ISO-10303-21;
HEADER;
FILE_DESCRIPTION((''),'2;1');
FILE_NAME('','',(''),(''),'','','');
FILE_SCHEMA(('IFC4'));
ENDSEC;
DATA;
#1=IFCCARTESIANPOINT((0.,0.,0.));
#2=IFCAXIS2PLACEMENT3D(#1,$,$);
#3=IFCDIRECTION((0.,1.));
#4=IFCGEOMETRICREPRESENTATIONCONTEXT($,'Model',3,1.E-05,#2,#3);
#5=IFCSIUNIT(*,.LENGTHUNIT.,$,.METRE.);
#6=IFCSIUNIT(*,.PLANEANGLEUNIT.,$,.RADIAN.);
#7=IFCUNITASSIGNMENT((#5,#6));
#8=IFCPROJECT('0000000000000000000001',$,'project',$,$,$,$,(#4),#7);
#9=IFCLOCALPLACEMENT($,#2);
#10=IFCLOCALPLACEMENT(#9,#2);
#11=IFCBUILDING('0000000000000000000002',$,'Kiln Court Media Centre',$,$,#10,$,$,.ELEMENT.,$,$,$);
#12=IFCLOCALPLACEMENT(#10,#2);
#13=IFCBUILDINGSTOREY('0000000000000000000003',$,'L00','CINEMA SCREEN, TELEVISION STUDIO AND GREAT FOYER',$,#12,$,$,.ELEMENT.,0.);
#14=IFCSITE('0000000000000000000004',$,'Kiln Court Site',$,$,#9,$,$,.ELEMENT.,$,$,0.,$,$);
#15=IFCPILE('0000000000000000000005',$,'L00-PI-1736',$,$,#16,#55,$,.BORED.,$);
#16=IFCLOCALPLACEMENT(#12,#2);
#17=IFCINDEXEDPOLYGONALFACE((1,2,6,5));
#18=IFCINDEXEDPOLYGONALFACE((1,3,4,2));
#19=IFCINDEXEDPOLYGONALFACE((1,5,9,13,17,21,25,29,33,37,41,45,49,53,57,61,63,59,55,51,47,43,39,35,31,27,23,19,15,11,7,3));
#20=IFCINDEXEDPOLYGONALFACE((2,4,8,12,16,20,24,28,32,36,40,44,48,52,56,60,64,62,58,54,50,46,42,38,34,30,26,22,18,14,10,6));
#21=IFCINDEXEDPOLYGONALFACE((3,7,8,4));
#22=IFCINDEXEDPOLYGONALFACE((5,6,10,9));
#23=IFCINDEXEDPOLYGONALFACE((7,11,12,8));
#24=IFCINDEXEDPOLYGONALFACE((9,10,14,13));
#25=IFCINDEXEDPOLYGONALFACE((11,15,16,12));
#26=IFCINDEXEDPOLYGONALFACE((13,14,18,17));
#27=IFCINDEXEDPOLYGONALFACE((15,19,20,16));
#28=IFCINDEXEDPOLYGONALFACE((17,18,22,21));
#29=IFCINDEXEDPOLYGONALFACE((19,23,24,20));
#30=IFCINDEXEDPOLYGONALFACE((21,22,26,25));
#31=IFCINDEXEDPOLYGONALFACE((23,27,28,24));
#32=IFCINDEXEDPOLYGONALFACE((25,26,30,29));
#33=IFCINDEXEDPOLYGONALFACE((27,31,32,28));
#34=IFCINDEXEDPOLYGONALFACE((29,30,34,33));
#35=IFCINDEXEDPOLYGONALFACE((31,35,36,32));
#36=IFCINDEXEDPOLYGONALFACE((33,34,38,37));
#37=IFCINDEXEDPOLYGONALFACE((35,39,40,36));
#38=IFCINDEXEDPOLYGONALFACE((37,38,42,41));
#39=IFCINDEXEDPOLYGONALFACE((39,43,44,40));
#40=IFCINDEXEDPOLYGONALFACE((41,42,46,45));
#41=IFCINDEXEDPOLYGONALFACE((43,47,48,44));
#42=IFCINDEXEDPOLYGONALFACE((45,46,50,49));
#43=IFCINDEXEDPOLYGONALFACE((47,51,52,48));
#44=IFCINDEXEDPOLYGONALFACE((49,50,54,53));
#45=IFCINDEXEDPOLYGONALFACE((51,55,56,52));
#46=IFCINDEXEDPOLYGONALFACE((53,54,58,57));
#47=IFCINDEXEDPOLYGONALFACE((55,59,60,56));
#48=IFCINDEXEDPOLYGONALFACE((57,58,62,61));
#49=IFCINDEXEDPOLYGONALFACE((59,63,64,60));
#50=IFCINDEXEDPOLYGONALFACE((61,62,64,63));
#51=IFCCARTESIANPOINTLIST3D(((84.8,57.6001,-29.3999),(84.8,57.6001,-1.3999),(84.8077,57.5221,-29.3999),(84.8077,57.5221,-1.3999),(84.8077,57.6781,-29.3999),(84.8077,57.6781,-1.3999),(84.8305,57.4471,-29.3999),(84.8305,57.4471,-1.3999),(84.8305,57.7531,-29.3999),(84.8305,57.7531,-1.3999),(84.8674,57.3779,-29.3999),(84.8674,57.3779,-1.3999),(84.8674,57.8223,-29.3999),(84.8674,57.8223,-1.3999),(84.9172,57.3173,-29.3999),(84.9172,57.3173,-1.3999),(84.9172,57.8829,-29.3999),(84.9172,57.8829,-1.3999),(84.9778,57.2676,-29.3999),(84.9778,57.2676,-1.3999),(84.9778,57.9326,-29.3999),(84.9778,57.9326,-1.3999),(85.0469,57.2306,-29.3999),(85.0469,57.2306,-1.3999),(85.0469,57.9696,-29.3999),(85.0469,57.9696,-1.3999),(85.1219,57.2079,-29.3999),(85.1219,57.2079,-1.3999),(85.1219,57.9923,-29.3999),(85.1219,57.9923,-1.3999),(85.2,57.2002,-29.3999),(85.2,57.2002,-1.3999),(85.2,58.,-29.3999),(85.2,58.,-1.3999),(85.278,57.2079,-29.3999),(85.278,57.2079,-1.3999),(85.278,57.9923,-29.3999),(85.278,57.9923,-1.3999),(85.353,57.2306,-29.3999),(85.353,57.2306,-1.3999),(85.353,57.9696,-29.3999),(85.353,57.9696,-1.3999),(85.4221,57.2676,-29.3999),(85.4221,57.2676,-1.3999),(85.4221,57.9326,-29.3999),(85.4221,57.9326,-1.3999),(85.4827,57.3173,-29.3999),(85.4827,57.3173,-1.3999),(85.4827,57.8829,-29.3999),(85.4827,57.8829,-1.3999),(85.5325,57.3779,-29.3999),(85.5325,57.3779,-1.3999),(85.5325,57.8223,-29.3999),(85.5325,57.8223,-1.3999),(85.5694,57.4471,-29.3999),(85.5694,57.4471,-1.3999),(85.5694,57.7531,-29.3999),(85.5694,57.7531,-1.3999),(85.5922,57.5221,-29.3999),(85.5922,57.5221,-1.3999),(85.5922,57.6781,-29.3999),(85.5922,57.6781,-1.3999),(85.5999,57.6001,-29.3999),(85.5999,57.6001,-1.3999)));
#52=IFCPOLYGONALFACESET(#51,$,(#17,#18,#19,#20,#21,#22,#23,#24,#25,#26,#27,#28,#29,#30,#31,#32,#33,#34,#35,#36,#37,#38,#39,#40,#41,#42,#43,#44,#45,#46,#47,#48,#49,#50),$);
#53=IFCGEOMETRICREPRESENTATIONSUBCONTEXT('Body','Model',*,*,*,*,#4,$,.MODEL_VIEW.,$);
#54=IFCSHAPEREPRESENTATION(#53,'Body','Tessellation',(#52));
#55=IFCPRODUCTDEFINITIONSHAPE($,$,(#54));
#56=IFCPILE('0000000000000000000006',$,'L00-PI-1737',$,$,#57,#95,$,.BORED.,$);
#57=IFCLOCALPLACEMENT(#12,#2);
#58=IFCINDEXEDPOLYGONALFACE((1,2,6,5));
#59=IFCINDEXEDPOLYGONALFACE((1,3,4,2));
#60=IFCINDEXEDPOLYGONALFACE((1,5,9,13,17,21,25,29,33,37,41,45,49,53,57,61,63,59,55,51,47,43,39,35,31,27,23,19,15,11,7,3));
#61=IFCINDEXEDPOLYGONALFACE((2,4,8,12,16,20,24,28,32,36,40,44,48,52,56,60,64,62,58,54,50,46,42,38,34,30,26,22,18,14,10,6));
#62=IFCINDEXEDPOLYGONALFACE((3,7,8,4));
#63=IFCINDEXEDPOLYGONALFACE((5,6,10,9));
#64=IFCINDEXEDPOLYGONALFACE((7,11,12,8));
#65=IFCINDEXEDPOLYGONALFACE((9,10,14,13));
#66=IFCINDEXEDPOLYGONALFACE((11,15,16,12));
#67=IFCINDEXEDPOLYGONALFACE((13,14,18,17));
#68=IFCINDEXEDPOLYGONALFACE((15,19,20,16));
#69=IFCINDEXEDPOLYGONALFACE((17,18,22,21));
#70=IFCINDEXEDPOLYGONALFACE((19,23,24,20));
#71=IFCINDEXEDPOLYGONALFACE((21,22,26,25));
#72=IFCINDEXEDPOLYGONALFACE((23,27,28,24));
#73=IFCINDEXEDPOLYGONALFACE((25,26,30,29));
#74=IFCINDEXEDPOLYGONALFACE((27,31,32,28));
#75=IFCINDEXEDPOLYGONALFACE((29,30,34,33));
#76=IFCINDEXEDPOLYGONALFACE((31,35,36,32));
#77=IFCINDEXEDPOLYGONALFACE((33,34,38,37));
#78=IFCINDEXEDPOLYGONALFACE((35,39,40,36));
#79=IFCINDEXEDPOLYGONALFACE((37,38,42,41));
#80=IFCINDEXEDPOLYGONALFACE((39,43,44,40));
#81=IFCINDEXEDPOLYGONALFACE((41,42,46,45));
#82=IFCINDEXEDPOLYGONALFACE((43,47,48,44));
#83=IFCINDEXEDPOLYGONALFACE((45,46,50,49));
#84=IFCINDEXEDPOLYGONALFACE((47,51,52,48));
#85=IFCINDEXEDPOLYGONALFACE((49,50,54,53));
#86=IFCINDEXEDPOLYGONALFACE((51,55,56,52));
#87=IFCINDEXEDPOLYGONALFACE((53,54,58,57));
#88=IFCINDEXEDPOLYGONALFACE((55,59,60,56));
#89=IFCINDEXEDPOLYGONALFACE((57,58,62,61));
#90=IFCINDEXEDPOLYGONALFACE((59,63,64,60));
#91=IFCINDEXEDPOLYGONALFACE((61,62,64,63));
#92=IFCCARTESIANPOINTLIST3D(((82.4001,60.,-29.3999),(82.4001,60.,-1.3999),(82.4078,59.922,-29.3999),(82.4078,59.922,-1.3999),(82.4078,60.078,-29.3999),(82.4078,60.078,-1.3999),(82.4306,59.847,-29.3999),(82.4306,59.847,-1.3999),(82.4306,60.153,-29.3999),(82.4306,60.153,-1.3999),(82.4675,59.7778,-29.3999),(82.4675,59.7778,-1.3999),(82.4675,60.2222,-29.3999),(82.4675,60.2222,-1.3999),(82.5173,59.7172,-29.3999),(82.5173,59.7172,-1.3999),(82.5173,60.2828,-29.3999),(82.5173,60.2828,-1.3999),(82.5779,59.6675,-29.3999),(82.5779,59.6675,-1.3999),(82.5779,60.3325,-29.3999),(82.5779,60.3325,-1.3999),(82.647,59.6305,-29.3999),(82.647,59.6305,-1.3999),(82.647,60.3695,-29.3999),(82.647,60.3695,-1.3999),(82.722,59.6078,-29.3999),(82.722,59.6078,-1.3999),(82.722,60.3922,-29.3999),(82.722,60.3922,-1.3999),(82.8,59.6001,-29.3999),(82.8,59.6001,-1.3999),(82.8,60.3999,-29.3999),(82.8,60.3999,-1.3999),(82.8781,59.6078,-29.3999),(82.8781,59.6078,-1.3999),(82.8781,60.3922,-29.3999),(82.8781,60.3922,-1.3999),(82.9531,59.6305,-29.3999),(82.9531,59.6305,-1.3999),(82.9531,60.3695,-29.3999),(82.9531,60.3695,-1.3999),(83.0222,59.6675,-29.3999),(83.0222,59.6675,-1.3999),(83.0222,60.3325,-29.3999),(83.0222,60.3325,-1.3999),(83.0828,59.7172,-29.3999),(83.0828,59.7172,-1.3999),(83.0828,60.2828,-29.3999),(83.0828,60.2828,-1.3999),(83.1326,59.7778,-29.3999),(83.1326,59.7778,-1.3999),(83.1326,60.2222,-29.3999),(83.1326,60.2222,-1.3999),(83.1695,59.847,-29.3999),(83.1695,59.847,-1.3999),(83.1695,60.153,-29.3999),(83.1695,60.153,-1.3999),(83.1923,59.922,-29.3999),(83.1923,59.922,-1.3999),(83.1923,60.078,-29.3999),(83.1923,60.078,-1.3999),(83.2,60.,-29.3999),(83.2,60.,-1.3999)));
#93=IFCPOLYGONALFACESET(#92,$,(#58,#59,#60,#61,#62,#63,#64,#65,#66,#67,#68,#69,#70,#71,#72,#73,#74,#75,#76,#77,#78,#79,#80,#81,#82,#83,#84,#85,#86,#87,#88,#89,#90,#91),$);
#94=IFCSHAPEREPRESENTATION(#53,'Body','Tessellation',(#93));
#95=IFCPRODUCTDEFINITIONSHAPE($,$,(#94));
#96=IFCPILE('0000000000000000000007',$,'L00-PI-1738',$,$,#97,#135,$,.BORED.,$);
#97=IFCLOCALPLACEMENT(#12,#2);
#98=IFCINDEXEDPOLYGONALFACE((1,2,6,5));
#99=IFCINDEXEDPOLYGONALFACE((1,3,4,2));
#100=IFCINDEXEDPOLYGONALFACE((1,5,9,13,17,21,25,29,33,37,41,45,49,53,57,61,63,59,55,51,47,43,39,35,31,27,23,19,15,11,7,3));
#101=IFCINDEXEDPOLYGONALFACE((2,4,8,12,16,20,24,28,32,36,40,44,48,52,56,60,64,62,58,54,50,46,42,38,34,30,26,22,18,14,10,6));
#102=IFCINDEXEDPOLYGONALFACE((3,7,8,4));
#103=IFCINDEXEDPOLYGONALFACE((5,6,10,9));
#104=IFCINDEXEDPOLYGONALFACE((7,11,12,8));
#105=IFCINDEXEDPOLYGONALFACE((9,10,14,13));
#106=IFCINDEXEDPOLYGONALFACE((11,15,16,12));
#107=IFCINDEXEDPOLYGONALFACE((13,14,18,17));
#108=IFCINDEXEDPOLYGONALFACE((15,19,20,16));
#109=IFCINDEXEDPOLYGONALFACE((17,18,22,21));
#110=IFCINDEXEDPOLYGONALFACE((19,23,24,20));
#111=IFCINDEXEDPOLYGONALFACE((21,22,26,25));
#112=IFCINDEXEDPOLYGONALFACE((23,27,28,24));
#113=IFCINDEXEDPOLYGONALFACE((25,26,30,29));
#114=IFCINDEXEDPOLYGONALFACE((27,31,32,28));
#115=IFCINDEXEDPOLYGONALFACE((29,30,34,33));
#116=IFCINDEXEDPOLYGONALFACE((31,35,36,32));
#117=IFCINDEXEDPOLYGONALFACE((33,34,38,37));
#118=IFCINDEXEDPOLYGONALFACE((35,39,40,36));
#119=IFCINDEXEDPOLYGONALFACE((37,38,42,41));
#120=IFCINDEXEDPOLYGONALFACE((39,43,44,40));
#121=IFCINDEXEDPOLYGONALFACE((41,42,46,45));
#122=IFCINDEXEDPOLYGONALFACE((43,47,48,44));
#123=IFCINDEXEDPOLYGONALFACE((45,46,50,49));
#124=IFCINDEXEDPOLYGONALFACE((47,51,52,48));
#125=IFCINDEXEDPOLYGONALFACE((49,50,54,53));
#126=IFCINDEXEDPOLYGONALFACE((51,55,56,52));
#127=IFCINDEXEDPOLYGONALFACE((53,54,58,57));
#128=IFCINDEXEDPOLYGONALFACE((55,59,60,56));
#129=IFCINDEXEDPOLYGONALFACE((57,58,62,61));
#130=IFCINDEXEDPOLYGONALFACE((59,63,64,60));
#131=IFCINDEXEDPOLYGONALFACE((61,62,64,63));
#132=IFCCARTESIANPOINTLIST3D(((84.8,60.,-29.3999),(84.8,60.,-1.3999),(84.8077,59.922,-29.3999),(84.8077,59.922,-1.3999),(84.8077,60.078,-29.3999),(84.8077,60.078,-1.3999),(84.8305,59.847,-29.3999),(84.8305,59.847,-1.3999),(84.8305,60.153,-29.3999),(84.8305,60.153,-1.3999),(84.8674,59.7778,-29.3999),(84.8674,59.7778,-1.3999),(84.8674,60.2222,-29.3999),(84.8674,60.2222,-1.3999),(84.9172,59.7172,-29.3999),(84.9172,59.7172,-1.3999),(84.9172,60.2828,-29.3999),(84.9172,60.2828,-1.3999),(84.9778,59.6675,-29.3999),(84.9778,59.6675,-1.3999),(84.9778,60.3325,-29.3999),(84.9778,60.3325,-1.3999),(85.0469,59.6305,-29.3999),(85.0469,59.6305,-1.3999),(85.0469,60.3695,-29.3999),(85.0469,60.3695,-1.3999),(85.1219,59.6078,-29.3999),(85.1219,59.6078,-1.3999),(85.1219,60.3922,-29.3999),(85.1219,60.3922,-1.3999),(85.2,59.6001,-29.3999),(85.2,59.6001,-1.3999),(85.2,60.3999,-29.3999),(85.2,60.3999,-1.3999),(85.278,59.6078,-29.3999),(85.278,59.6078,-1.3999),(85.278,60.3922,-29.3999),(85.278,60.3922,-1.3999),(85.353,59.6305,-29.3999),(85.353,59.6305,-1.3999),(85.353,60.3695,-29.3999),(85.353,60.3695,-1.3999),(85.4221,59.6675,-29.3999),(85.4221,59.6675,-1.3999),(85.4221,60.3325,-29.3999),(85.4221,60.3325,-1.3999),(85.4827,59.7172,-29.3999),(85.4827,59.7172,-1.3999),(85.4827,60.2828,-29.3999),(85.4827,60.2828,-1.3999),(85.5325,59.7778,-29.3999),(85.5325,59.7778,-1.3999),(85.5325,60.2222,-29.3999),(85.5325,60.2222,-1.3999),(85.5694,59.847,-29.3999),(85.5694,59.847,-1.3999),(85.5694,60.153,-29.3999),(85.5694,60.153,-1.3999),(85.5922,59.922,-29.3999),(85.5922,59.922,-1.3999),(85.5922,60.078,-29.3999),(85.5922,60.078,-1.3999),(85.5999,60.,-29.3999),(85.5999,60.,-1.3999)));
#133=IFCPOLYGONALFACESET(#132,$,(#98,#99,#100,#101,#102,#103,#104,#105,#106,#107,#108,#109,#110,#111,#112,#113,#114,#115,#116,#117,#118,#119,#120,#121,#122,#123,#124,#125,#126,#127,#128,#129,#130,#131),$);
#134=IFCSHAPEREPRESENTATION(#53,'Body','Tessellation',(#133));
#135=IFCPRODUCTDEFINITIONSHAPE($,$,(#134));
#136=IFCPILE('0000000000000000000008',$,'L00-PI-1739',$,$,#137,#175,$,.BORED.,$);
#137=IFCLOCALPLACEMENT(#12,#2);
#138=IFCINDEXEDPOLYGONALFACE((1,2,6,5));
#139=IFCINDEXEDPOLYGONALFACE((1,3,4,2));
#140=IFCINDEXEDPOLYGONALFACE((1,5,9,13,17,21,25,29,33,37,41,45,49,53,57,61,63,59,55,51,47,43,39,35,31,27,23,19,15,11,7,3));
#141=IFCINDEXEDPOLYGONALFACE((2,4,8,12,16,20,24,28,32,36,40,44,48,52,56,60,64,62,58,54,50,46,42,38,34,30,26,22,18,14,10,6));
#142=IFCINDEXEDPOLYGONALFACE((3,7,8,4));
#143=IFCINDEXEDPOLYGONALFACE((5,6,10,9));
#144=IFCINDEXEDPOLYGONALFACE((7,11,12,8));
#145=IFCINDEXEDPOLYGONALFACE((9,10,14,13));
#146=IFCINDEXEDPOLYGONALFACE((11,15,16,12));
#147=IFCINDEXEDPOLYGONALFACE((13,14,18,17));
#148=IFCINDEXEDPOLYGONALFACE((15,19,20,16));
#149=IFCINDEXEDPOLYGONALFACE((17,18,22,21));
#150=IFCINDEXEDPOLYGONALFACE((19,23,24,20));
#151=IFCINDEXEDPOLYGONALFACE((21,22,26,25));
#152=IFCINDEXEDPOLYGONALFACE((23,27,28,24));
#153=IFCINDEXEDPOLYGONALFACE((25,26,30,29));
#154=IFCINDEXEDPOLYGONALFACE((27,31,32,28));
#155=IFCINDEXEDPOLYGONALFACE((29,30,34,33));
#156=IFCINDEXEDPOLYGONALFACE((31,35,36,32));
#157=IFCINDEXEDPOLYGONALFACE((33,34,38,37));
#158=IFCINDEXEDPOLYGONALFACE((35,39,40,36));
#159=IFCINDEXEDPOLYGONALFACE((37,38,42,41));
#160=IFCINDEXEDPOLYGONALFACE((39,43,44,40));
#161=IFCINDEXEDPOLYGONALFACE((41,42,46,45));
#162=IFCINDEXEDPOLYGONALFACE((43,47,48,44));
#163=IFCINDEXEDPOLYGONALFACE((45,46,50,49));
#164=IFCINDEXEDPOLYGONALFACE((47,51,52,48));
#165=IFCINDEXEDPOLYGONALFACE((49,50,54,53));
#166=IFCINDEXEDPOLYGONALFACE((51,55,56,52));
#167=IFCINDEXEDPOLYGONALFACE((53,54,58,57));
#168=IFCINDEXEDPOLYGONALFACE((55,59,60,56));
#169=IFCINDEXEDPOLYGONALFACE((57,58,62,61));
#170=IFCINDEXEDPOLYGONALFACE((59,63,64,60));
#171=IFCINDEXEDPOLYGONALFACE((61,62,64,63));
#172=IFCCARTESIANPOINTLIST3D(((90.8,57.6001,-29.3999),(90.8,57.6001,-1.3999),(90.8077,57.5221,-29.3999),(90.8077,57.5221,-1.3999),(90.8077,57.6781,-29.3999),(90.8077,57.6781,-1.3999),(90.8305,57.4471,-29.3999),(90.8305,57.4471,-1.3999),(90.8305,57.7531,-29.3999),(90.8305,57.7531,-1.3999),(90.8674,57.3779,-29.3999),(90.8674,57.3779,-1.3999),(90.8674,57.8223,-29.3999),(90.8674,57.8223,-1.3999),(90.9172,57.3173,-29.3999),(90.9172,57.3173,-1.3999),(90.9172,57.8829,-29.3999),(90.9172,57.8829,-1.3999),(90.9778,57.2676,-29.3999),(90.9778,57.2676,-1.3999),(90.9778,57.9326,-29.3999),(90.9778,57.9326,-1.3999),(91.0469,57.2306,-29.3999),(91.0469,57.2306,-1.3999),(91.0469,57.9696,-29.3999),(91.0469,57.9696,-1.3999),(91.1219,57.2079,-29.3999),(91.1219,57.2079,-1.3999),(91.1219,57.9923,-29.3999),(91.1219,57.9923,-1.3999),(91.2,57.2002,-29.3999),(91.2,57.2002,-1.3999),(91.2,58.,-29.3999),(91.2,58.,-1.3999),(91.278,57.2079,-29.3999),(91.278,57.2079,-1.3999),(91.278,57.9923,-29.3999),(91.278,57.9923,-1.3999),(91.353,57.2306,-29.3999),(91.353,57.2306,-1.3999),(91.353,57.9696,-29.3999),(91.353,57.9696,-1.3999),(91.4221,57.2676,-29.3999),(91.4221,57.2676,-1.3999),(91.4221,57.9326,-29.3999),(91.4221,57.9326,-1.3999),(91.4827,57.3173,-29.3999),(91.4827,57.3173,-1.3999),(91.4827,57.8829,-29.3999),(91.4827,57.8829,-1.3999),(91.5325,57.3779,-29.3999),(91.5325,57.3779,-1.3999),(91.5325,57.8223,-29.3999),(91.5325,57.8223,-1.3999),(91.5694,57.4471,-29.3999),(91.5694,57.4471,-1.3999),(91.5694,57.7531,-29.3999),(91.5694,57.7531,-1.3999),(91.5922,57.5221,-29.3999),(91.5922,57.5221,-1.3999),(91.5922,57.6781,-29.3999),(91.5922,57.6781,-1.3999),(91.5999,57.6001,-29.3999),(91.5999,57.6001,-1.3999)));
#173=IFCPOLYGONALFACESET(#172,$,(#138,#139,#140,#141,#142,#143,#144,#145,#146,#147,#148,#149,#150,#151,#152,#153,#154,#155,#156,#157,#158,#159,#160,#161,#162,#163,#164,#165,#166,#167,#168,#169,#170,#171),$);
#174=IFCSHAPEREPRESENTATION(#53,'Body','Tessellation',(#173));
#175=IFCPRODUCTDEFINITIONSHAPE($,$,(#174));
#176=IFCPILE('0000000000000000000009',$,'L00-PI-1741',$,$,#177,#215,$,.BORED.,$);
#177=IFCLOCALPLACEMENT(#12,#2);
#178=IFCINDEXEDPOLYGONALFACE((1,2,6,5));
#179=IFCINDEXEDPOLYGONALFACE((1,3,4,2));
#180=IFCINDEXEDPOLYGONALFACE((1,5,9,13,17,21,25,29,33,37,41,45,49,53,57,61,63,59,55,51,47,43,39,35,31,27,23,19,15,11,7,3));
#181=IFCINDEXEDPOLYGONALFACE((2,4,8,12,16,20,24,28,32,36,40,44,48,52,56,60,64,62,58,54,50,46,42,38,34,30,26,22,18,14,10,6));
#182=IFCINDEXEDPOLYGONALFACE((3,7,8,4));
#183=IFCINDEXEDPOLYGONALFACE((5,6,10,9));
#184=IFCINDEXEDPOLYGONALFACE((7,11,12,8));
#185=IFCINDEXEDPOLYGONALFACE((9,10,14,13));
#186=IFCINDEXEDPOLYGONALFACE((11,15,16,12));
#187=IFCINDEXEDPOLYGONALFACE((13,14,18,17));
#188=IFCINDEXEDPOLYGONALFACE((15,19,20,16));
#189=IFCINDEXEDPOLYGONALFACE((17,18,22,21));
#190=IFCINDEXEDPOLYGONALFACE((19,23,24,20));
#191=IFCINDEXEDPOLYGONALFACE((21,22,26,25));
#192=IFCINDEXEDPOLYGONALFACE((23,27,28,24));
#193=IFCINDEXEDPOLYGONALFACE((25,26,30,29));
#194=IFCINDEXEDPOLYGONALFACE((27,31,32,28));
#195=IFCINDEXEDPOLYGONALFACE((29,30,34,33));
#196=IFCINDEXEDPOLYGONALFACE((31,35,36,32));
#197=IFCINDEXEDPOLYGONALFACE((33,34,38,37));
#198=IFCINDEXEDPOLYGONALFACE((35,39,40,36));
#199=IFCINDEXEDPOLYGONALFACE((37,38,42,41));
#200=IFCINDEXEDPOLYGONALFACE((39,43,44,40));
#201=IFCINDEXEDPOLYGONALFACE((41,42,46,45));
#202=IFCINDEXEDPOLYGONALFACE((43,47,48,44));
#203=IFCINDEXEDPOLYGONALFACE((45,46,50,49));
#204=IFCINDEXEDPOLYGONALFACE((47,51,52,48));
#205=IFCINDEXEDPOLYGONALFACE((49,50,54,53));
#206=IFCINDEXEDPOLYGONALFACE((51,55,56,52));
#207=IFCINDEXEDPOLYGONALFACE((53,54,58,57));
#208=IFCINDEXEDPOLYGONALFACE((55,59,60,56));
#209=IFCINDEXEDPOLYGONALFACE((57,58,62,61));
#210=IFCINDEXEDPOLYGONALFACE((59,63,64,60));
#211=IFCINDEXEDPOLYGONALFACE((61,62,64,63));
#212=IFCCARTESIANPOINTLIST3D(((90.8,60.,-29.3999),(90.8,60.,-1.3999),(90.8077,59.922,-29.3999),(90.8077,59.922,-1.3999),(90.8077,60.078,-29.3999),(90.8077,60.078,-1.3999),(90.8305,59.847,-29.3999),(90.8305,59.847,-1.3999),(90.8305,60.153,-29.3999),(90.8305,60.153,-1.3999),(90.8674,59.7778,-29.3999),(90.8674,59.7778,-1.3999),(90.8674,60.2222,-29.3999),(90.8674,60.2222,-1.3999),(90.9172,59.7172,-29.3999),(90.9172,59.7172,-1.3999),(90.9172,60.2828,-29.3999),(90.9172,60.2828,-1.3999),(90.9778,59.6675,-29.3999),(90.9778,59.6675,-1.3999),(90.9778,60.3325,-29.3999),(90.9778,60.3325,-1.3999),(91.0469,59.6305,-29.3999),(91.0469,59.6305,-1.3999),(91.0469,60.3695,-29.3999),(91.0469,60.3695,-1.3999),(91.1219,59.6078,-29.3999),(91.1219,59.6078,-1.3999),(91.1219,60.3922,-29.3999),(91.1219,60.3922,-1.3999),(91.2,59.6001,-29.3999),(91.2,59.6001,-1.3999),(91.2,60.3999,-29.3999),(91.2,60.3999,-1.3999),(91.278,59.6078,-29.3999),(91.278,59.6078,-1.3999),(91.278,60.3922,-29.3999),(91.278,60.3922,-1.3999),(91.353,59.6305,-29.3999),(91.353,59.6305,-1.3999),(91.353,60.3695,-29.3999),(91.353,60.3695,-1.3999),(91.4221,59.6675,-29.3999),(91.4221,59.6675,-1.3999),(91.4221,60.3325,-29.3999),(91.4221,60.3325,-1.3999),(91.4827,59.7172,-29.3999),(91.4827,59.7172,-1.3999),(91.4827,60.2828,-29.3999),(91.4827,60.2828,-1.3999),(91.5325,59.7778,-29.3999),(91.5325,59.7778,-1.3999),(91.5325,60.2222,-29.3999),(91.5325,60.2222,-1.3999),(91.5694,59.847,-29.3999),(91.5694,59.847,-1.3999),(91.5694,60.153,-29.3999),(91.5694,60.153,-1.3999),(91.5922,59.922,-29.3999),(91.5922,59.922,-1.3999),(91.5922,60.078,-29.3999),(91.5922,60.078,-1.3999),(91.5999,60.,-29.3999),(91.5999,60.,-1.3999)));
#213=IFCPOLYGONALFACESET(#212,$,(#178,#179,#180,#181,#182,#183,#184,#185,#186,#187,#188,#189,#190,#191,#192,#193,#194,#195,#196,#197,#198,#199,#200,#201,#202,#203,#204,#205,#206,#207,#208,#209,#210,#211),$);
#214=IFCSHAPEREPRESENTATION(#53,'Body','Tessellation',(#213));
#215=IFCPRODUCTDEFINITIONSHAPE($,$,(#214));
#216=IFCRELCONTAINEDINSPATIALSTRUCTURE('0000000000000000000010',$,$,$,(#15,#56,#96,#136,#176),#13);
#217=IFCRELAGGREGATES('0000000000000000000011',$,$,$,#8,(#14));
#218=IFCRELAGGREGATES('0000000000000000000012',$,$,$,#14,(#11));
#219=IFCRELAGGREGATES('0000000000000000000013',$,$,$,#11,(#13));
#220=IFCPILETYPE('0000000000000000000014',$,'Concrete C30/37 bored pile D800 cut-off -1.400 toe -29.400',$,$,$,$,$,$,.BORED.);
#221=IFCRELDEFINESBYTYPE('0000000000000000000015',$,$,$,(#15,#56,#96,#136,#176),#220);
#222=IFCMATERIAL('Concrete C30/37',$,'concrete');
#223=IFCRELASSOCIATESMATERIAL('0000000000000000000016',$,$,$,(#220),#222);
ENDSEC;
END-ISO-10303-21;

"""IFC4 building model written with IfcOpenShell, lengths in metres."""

from ifc_helpers import new_model, si_unit, direction, frame, origin, origin_2d, place, context, subcontext, project, spatial, circle, extrude, material, material_profile, profile_set, type_object, element, save


model = new_model("IFC4")

# Units and contexts
model_context = context("Model", 3, precision=1e-05, world=origin(), true_north=direction((0.0, 1.0)))
body_context = subcontext(model_context, "Body", "Model", "MODEL_VIEW")
ifc_project = project(units=[si_unit("LENGTHUNIT", "METRE"), si_unit("PLANEANGLEUNIT", "RADIAN")], contexts=[model_context])

# Site, building, storey
site_placement = place(None, origin())
site = spatial("IfcSite", under=ifc_project, at=site_placement, Name="Kiln Court Site", CompositionType="ELEMENT", RefElevation=0.0)
building_placement = place(site_placement, origin())
building = spatial("IfcBuilding", under=site, at=building_placement, Name="Kiln Court Media Centre", CompositionType="ELEMENT")
storey_placement = place(building_placement, origin())
storey = spatial("IfcBuildingStorey", under=building, at=storey_placement, Name="L00", Description="CINEMA SCREEN, TELEVISION STUDIO AND GREAT FOYER", CompositionType="ELEMENT", Elevation=0.0)

# Piles
ifc_material_1 = material(Name="Concrete C30/37", Category="concrete")
ifc_material_profile_1 = material_profile(ifc_material_1, circle(Radius=0.3999, at=origin_2d()), Name="PILE D800")
ifc_profile_set_1 = profile_set([ifc_material_profile_1], Name="Concrete C30/37")
pile_type_1 = type_object("IfcPileType", Name="Concrete C30/37 bored pile D800 cut-off -1.400 toe -29.400", PredefinedType="BORED", material=ifc_profile_set_1)
for number, where, z_axis, x_axis, name in (
    (1, (85.2, 57.6001, -1.3999), (0.0, 0.0, -1.0), (1.0, 0.0, 0.0), "L00-PI-1736"),
    (2, (82.8, 60.0, -1.3999), (0.0, 0.0, -1.0), (1.0, 0.0, 0.0), "L00-PI-1737"),
    (3, (85.2, 60.0, -1.3999), (0.0, 0.0, -1.0), (1.0, 0.0, 0.0), "L00-PI-1738"),
    (4, (91.2, 57.6001, -1.3999), (0.0, 0.0, -1.0), (1.0, 0.0, 0.0), "L00-PI-1739"),
    (5, (91.2, 60.0, -1.3999), (0.0, 0.0, -1.0), (1.0, 0.0, 0.0), "L00-PI-1741"),
):
    element("IfcPile", number, at=place(storey_placement, frame(where, z_axis=z_axis, x_axis=x_axis)), inside=storey, type_object=pile_type_1, Name=name, PredefinedType="BORED", context=body_context, shape_type="SweptSolid", body=[
        extrude(circle(Radius=0.3999, at=origin_2d()), origin(), (0.0, 0.0, 1.0), 28.0),
    ])

save(model, "model.ifc")
